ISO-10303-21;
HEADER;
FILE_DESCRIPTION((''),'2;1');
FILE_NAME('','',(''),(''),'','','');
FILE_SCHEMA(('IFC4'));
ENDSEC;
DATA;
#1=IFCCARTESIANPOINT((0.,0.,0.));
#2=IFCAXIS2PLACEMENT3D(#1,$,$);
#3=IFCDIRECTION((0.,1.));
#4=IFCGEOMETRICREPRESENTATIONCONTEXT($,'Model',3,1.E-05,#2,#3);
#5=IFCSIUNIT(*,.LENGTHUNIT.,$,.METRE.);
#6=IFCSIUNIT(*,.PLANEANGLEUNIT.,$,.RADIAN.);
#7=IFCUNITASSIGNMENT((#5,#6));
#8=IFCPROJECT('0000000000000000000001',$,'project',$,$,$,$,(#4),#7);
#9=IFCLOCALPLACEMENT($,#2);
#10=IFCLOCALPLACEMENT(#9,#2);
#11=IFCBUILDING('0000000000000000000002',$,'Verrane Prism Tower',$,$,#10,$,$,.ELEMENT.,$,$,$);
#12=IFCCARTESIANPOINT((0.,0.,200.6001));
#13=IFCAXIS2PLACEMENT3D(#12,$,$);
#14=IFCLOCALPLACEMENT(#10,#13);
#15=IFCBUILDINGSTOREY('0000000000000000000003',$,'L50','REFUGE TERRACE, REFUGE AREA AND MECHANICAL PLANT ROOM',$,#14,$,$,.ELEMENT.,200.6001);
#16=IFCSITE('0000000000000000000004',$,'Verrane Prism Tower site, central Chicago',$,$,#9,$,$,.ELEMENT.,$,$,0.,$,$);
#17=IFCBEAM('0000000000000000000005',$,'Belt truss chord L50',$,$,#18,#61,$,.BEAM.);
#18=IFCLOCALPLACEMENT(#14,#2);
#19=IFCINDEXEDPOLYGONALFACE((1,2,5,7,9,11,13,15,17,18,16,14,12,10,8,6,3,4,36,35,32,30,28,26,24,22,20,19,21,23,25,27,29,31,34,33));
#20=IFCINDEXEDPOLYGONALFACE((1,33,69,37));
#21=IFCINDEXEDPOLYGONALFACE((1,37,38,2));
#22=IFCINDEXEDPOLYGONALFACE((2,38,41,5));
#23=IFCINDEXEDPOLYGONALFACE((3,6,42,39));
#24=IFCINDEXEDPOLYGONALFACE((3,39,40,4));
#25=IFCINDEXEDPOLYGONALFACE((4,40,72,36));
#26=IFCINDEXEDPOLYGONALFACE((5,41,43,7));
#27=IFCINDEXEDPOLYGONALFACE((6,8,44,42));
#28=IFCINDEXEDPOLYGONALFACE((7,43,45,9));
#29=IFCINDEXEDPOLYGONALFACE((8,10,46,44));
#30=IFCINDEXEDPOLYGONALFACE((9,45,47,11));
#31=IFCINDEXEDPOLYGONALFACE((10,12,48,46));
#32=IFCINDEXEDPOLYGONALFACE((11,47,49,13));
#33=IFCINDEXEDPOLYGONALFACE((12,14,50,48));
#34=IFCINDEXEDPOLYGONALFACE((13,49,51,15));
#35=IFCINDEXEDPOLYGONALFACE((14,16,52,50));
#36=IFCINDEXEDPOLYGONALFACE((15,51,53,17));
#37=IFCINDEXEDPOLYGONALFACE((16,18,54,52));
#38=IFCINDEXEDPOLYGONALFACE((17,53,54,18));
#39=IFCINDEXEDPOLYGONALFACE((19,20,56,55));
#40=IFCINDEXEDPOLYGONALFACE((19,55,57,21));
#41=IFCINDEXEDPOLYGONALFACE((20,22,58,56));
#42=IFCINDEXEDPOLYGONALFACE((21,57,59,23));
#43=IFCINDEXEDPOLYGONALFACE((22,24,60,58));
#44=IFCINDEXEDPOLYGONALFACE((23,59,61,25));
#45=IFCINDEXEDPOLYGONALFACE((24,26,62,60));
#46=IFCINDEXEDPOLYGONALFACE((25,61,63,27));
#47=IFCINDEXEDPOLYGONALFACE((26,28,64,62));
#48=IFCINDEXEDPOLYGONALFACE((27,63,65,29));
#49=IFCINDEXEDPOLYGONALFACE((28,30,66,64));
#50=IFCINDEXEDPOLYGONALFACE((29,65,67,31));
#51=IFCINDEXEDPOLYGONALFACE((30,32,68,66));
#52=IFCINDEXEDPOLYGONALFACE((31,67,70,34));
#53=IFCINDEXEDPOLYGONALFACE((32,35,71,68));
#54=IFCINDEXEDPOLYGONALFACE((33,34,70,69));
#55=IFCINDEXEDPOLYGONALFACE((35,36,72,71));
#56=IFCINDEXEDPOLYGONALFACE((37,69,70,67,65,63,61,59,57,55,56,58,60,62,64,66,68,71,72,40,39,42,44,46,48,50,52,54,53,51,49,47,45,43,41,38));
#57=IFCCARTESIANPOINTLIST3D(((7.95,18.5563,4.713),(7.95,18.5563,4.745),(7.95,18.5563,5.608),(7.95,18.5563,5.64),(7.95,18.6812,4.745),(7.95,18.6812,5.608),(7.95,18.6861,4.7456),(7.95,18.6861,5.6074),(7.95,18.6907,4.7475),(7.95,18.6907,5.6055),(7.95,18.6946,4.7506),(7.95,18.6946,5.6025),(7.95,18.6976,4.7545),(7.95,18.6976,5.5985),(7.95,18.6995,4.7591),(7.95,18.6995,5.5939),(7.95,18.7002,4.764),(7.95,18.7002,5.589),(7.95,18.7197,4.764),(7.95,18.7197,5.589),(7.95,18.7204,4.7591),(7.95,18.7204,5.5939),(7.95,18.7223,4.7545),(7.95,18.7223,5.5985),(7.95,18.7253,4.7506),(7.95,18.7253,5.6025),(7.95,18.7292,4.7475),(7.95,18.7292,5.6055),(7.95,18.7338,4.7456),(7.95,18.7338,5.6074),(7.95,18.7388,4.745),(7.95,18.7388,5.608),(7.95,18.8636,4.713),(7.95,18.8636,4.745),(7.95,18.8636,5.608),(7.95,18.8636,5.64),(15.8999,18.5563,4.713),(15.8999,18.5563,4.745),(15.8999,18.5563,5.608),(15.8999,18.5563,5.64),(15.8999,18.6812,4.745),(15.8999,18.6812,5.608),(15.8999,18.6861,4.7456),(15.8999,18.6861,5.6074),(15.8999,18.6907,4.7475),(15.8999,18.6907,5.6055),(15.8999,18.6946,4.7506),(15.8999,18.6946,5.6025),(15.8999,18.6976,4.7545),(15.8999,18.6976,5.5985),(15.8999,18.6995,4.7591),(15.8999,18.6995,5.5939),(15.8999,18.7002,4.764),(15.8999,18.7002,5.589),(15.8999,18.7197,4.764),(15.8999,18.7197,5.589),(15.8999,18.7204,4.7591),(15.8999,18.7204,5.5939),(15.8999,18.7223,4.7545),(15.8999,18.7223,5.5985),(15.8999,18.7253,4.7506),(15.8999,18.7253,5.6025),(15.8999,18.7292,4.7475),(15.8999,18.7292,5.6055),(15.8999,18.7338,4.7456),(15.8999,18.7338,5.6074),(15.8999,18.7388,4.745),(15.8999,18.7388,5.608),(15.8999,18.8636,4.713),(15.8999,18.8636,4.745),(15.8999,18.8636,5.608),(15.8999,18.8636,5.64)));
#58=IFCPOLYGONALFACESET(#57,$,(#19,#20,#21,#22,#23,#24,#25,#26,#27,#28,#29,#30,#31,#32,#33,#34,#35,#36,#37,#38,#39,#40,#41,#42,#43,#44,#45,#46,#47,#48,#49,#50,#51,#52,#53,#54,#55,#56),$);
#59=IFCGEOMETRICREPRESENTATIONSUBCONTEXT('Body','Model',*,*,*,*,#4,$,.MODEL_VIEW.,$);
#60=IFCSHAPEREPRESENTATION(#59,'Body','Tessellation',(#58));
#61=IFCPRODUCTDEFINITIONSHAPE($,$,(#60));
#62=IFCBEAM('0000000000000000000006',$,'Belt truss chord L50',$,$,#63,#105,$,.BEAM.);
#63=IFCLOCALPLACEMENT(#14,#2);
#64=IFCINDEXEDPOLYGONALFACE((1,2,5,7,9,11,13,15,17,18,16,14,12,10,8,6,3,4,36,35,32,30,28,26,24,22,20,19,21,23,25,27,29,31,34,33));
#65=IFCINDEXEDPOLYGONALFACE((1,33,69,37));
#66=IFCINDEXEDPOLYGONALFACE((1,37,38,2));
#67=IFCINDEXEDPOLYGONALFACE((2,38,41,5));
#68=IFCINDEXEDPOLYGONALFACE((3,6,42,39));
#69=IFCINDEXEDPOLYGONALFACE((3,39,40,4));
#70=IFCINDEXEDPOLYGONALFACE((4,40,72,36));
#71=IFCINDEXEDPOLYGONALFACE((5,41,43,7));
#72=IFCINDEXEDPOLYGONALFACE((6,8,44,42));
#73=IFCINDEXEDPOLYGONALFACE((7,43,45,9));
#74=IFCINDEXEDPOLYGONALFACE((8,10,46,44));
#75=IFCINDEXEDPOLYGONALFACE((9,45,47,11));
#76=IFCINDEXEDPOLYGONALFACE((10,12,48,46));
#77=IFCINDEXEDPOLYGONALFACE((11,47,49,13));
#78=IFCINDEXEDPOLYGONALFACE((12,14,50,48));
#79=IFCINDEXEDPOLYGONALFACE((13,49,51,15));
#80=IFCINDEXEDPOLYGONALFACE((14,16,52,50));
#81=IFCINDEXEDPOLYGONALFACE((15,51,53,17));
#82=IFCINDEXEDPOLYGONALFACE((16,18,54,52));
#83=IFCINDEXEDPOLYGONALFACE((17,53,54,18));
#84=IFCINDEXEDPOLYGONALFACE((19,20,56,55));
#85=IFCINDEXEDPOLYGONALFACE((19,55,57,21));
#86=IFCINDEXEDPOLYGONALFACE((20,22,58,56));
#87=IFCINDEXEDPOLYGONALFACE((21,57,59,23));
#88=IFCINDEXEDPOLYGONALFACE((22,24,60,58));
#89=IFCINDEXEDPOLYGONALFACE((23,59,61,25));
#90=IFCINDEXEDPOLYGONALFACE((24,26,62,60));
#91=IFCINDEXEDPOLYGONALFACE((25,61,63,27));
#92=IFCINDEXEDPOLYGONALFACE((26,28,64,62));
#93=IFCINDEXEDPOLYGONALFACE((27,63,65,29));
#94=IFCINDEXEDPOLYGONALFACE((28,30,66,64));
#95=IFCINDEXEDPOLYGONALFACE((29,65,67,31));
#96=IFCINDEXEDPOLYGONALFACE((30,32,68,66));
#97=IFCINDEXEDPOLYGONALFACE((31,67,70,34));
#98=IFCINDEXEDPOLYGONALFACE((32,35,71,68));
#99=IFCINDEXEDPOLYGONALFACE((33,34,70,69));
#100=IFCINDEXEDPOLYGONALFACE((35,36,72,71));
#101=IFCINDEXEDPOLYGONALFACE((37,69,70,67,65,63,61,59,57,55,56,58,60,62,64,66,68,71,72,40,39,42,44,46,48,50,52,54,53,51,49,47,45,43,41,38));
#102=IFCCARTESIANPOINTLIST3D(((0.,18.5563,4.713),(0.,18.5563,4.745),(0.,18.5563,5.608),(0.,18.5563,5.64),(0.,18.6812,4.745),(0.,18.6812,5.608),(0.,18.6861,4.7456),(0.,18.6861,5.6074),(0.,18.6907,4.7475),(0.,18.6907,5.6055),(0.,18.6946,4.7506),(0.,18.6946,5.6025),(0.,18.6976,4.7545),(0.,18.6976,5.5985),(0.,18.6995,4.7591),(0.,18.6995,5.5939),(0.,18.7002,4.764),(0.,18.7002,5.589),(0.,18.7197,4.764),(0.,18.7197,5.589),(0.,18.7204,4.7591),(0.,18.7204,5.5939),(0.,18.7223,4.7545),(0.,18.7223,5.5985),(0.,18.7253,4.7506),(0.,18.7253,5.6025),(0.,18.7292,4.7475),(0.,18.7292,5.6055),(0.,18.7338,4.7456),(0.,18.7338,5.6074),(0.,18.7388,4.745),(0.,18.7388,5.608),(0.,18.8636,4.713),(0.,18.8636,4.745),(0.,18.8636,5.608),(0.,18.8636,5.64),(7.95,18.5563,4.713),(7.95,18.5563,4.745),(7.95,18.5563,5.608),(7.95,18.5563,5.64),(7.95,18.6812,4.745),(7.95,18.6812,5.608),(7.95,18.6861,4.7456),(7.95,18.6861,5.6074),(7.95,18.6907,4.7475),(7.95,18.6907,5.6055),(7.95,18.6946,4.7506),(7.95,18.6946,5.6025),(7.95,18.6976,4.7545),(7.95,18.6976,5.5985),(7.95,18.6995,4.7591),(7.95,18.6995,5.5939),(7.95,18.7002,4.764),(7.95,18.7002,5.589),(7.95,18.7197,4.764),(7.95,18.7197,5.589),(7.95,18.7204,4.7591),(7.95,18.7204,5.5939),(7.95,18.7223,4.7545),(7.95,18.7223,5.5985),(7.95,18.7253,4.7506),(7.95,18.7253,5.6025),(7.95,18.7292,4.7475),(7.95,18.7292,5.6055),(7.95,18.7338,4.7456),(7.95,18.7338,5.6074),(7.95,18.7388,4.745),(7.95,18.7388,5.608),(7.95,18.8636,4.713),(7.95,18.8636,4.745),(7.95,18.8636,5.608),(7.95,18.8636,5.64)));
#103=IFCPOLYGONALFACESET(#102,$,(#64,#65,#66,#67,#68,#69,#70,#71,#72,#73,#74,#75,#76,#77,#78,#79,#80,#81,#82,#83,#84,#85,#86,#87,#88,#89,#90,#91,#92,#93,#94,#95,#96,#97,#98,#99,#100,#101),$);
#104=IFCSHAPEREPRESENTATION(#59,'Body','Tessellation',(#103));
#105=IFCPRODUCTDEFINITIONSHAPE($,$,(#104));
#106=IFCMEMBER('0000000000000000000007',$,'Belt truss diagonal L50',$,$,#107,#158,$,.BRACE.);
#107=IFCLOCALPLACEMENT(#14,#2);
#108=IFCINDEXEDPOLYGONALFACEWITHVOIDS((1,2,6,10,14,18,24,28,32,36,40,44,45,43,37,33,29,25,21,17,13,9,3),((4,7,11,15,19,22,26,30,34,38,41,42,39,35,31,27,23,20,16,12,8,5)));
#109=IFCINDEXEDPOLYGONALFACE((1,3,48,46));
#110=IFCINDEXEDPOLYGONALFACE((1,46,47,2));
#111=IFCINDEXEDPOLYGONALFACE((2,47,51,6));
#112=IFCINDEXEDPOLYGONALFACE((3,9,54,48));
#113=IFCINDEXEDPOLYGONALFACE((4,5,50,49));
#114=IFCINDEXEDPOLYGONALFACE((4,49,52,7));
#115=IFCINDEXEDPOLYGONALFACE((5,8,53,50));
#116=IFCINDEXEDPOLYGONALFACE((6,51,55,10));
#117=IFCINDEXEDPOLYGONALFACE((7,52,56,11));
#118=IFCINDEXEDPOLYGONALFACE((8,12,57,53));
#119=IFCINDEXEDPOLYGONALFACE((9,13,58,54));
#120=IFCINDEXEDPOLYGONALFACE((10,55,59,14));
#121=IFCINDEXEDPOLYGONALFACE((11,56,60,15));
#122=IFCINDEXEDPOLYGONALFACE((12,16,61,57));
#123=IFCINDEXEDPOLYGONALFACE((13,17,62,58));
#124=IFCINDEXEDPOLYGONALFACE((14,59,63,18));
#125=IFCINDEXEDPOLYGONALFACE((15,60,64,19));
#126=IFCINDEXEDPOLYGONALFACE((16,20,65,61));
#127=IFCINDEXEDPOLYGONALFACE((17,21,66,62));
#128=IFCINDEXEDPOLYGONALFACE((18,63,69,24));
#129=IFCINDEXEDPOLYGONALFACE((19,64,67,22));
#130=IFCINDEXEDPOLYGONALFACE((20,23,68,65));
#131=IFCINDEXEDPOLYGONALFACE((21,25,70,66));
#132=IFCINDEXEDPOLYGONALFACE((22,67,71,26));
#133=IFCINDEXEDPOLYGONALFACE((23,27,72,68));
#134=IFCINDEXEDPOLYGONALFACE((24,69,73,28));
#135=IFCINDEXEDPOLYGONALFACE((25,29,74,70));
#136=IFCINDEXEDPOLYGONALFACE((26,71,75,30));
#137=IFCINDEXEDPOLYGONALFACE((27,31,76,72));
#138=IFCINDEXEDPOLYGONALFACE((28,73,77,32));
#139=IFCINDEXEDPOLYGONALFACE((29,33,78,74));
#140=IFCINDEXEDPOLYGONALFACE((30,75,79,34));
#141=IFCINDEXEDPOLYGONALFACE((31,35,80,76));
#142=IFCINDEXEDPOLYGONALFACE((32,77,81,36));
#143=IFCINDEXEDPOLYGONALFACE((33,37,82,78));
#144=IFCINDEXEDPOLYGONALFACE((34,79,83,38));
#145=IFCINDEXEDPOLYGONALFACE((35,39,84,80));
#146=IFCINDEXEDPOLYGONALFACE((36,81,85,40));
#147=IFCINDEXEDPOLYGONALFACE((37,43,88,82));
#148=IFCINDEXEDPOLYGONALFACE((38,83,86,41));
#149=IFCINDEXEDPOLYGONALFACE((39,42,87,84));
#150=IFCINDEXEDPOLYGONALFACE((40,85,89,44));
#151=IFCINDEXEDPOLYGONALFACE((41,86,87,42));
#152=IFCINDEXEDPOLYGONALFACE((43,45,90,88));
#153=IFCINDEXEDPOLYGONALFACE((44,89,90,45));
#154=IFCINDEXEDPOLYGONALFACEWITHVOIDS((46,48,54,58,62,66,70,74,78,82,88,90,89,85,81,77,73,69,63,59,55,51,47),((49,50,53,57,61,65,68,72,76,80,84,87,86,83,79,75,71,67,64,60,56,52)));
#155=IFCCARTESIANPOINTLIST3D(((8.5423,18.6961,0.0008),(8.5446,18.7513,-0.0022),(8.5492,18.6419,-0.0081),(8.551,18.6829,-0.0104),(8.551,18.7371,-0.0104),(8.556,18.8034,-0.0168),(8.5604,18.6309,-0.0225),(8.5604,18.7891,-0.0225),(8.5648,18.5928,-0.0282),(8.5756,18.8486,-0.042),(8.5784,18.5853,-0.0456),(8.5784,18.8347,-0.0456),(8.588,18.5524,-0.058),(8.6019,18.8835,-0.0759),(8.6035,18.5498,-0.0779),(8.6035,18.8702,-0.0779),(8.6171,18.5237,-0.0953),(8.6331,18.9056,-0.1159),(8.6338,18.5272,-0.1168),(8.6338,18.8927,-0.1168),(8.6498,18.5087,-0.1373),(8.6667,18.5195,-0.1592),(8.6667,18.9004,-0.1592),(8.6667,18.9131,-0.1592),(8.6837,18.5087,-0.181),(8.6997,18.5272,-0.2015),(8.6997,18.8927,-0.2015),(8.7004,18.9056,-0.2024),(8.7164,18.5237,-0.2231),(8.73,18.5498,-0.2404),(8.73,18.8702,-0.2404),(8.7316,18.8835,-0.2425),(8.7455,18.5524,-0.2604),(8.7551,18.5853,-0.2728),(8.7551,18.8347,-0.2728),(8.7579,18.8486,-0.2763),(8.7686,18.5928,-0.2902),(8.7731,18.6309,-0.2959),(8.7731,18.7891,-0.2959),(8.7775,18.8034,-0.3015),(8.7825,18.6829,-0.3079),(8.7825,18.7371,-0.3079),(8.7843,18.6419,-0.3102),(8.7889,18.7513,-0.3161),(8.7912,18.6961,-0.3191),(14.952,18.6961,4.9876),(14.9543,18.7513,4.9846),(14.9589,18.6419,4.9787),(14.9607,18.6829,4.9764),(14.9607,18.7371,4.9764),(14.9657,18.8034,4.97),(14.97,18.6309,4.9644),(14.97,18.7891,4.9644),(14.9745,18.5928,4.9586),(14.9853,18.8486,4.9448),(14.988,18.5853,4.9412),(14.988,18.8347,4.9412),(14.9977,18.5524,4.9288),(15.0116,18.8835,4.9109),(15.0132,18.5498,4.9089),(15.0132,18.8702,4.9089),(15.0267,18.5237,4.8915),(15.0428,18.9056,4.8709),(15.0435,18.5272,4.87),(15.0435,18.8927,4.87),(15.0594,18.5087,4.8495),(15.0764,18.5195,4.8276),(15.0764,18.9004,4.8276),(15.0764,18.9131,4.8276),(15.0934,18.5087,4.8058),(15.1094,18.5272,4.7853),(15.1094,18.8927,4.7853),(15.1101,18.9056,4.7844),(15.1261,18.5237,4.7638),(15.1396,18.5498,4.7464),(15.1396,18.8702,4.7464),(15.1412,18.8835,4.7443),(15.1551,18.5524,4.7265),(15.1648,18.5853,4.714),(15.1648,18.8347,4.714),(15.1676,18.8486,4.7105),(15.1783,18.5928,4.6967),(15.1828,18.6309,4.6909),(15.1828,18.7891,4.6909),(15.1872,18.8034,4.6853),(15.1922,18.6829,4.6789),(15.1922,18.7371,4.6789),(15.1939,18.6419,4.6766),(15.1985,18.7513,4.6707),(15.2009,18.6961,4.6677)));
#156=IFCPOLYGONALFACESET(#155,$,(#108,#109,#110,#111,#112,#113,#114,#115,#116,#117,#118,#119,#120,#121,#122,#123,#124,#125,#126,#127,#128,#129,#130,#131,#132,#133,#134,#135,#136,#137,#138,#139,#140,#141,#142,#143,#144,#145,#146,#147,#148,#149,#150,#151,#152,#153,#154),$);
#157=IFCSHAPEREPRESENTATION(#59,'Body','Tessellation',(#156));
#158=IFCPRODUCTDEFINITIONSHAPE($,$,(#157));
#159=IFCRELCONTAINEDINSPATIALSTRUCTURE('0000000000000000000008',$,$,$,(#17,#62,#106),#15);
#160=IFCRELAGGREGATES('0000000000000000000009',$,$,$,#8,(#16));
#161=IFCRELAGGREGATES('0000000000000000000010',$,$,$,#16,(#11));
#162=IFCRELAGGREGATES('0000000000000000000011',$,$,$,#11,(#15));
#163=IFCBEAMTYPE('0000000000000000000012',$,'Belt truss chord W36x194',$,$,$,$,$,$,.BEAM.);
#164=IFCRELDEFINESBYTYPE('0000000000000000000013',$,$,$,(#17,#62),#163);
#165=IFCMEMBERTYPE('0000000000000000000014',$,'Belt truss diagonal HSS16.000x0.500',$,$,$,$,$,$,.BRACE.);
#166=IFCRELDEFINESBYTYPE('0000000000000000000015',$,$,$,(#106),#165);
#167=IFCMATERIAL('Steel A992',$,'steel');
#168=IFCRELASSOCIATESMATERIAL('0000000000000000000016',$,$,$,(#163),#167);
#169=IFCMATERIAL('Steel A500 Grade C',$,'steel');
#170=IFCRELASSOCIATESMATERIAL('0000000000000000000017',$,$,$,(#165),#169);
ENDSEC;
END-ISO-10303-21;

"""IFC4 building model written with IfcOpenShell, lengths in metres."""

from ifc_helpers import new_model, si_unit, direction, frame, origin, origin_2d, place, context, subcontext, project, spatial, hollow_circle, i_section, extrude, material, material_profile, profile_set, type_object, element, save


model = new_model("IFC4")

# Units and contexts
model_context = context("Model", 3, precision=1e-05, world=origin(), true_north=direction((0.0, 1.0)))
body_context = subcontext(model_context, "Body", "Model", "MODEL_VIEW")
ifc_project = project(units=[si_unit("LENGTHUNIT", "METRE"), si_unit("PLANEANGLEUNIT", "RADIAN")], contexts=[model_context])

# Site, building, storey
site_placement = place(None, origin())
site = spatial("IfcSite", under=ifc_project, at=site_placement, Name="Verrane Prism Tower site, central Chicago", CompositionType="ELEMENT", RefElevation=0.0)
building_placement = place(site_placement, origin())
building = spatial("IfcBuilding", under=site, at=building_placement, Name="Verrane Prism Tower", CompositionType="ELEMENT")
storey_placement = place(building_placement, frame((0.0, 0.0, 200.6001)))
storey = spatial("IfcBuildingStorey", under=building, at=storey_placement, Name="L50", Description="REFUGE TERRACE, REFUGE AREA AND MECHANICAL PLANT ROOM", CompositionType="ELEMENT", Elevation=200.6001)

# Beams
ifc_material_1 = material(Name="Steel A992", Category="steel")
ifc_material_profile_1 = material_profile(ifc_material_1, i_section(OverallWidth=0.3074, OverallDepth=0.927, WebThickness=0.0195, FlangeThickness=0.032, FilletRadius=0.019, at=origin_2d()), Name="W36x194")
ifc_profile_set_1 = profile_set([ifc_material_profile_1], Name="Steel A992")
beam_type_1 = type_object("IfcBeamType", Name="Belt truss chord W36x194", PredefinedType="BEAM", material=ifc_profile_set_1)
for number, where, z_axis, x_axis, name in (
    (1, (15.8999, 18.71, 5.1765), (-1.0, 0.0, 0.0), (0.0, -1.0, 0.0), "Belt truss chord L50"),
    (2, (7.95, 18.71, 5.1765), (-1.0, 0.0, 0.0), (0.0, -1.0, 0.0), "Belt truss chord L50"),
):
    element("IfcBeam", number, at=place(storey_placement, frame(where, z_axis=z_axis, x_axis=x_axis)), inside=storey, type_object=beam_type_1, Name=name, PredefinedType="BEAM", context=body_context, shape_type="SweptSolid", body=[
        extrude(i_section(OverallWidth=0.3074, OverallDepth=0.927, WebThickness=0.0195, FlangeThickness=0.032, FilletRadius=0.019, at=origin_2d()), origin(), (0.0, 0.0, 1.0), 7.95),
    ])

# Member
ifc_material_2 = material(Name="Steel A500 Grade C", Category="steel")
ifc_material_profile_2 = material_profile(ifc_material_2, hollow_circle(Radius=0.2031, WallThickness=0.0127, at=origin_2d()), Name="HSS16.000x0.500")
ifc_profile_set_2 = profile_set([ifc_material_profile_2], Name="Steel A500 Grade C")
member_type_1 = type_object("IfcMemberType", Name="Belt truss diagonal HSS16.000x0.500", PredefinedType="BRACE", material=ifc_profile_set_2)
for number, where, z_axis, x_axis, name in (
    (3, (8.6667, 18.71, -0.1592), (0.789262, 0.0, 0.614057), (0.0, 1.0, 0.0), "Belt truss diagonal L50"),
):
    element("IfcMember", number, at=place(storey_placement, frame(where, z_axis=z_axis, x_axis=x_axis)), inside=storey, type_object=member_type_1, Name=name, PredefinedType="BRACE", context=body_context, shape_type="SweptSolid", body=[
        extrude(hollow_circle(Radius=0.2031, WallThickness=0.0127, at=origin_2d()), origin(), (0.0, 0.0, 1.0), 8.1211),
    ])

save(model, "model.ifc")
